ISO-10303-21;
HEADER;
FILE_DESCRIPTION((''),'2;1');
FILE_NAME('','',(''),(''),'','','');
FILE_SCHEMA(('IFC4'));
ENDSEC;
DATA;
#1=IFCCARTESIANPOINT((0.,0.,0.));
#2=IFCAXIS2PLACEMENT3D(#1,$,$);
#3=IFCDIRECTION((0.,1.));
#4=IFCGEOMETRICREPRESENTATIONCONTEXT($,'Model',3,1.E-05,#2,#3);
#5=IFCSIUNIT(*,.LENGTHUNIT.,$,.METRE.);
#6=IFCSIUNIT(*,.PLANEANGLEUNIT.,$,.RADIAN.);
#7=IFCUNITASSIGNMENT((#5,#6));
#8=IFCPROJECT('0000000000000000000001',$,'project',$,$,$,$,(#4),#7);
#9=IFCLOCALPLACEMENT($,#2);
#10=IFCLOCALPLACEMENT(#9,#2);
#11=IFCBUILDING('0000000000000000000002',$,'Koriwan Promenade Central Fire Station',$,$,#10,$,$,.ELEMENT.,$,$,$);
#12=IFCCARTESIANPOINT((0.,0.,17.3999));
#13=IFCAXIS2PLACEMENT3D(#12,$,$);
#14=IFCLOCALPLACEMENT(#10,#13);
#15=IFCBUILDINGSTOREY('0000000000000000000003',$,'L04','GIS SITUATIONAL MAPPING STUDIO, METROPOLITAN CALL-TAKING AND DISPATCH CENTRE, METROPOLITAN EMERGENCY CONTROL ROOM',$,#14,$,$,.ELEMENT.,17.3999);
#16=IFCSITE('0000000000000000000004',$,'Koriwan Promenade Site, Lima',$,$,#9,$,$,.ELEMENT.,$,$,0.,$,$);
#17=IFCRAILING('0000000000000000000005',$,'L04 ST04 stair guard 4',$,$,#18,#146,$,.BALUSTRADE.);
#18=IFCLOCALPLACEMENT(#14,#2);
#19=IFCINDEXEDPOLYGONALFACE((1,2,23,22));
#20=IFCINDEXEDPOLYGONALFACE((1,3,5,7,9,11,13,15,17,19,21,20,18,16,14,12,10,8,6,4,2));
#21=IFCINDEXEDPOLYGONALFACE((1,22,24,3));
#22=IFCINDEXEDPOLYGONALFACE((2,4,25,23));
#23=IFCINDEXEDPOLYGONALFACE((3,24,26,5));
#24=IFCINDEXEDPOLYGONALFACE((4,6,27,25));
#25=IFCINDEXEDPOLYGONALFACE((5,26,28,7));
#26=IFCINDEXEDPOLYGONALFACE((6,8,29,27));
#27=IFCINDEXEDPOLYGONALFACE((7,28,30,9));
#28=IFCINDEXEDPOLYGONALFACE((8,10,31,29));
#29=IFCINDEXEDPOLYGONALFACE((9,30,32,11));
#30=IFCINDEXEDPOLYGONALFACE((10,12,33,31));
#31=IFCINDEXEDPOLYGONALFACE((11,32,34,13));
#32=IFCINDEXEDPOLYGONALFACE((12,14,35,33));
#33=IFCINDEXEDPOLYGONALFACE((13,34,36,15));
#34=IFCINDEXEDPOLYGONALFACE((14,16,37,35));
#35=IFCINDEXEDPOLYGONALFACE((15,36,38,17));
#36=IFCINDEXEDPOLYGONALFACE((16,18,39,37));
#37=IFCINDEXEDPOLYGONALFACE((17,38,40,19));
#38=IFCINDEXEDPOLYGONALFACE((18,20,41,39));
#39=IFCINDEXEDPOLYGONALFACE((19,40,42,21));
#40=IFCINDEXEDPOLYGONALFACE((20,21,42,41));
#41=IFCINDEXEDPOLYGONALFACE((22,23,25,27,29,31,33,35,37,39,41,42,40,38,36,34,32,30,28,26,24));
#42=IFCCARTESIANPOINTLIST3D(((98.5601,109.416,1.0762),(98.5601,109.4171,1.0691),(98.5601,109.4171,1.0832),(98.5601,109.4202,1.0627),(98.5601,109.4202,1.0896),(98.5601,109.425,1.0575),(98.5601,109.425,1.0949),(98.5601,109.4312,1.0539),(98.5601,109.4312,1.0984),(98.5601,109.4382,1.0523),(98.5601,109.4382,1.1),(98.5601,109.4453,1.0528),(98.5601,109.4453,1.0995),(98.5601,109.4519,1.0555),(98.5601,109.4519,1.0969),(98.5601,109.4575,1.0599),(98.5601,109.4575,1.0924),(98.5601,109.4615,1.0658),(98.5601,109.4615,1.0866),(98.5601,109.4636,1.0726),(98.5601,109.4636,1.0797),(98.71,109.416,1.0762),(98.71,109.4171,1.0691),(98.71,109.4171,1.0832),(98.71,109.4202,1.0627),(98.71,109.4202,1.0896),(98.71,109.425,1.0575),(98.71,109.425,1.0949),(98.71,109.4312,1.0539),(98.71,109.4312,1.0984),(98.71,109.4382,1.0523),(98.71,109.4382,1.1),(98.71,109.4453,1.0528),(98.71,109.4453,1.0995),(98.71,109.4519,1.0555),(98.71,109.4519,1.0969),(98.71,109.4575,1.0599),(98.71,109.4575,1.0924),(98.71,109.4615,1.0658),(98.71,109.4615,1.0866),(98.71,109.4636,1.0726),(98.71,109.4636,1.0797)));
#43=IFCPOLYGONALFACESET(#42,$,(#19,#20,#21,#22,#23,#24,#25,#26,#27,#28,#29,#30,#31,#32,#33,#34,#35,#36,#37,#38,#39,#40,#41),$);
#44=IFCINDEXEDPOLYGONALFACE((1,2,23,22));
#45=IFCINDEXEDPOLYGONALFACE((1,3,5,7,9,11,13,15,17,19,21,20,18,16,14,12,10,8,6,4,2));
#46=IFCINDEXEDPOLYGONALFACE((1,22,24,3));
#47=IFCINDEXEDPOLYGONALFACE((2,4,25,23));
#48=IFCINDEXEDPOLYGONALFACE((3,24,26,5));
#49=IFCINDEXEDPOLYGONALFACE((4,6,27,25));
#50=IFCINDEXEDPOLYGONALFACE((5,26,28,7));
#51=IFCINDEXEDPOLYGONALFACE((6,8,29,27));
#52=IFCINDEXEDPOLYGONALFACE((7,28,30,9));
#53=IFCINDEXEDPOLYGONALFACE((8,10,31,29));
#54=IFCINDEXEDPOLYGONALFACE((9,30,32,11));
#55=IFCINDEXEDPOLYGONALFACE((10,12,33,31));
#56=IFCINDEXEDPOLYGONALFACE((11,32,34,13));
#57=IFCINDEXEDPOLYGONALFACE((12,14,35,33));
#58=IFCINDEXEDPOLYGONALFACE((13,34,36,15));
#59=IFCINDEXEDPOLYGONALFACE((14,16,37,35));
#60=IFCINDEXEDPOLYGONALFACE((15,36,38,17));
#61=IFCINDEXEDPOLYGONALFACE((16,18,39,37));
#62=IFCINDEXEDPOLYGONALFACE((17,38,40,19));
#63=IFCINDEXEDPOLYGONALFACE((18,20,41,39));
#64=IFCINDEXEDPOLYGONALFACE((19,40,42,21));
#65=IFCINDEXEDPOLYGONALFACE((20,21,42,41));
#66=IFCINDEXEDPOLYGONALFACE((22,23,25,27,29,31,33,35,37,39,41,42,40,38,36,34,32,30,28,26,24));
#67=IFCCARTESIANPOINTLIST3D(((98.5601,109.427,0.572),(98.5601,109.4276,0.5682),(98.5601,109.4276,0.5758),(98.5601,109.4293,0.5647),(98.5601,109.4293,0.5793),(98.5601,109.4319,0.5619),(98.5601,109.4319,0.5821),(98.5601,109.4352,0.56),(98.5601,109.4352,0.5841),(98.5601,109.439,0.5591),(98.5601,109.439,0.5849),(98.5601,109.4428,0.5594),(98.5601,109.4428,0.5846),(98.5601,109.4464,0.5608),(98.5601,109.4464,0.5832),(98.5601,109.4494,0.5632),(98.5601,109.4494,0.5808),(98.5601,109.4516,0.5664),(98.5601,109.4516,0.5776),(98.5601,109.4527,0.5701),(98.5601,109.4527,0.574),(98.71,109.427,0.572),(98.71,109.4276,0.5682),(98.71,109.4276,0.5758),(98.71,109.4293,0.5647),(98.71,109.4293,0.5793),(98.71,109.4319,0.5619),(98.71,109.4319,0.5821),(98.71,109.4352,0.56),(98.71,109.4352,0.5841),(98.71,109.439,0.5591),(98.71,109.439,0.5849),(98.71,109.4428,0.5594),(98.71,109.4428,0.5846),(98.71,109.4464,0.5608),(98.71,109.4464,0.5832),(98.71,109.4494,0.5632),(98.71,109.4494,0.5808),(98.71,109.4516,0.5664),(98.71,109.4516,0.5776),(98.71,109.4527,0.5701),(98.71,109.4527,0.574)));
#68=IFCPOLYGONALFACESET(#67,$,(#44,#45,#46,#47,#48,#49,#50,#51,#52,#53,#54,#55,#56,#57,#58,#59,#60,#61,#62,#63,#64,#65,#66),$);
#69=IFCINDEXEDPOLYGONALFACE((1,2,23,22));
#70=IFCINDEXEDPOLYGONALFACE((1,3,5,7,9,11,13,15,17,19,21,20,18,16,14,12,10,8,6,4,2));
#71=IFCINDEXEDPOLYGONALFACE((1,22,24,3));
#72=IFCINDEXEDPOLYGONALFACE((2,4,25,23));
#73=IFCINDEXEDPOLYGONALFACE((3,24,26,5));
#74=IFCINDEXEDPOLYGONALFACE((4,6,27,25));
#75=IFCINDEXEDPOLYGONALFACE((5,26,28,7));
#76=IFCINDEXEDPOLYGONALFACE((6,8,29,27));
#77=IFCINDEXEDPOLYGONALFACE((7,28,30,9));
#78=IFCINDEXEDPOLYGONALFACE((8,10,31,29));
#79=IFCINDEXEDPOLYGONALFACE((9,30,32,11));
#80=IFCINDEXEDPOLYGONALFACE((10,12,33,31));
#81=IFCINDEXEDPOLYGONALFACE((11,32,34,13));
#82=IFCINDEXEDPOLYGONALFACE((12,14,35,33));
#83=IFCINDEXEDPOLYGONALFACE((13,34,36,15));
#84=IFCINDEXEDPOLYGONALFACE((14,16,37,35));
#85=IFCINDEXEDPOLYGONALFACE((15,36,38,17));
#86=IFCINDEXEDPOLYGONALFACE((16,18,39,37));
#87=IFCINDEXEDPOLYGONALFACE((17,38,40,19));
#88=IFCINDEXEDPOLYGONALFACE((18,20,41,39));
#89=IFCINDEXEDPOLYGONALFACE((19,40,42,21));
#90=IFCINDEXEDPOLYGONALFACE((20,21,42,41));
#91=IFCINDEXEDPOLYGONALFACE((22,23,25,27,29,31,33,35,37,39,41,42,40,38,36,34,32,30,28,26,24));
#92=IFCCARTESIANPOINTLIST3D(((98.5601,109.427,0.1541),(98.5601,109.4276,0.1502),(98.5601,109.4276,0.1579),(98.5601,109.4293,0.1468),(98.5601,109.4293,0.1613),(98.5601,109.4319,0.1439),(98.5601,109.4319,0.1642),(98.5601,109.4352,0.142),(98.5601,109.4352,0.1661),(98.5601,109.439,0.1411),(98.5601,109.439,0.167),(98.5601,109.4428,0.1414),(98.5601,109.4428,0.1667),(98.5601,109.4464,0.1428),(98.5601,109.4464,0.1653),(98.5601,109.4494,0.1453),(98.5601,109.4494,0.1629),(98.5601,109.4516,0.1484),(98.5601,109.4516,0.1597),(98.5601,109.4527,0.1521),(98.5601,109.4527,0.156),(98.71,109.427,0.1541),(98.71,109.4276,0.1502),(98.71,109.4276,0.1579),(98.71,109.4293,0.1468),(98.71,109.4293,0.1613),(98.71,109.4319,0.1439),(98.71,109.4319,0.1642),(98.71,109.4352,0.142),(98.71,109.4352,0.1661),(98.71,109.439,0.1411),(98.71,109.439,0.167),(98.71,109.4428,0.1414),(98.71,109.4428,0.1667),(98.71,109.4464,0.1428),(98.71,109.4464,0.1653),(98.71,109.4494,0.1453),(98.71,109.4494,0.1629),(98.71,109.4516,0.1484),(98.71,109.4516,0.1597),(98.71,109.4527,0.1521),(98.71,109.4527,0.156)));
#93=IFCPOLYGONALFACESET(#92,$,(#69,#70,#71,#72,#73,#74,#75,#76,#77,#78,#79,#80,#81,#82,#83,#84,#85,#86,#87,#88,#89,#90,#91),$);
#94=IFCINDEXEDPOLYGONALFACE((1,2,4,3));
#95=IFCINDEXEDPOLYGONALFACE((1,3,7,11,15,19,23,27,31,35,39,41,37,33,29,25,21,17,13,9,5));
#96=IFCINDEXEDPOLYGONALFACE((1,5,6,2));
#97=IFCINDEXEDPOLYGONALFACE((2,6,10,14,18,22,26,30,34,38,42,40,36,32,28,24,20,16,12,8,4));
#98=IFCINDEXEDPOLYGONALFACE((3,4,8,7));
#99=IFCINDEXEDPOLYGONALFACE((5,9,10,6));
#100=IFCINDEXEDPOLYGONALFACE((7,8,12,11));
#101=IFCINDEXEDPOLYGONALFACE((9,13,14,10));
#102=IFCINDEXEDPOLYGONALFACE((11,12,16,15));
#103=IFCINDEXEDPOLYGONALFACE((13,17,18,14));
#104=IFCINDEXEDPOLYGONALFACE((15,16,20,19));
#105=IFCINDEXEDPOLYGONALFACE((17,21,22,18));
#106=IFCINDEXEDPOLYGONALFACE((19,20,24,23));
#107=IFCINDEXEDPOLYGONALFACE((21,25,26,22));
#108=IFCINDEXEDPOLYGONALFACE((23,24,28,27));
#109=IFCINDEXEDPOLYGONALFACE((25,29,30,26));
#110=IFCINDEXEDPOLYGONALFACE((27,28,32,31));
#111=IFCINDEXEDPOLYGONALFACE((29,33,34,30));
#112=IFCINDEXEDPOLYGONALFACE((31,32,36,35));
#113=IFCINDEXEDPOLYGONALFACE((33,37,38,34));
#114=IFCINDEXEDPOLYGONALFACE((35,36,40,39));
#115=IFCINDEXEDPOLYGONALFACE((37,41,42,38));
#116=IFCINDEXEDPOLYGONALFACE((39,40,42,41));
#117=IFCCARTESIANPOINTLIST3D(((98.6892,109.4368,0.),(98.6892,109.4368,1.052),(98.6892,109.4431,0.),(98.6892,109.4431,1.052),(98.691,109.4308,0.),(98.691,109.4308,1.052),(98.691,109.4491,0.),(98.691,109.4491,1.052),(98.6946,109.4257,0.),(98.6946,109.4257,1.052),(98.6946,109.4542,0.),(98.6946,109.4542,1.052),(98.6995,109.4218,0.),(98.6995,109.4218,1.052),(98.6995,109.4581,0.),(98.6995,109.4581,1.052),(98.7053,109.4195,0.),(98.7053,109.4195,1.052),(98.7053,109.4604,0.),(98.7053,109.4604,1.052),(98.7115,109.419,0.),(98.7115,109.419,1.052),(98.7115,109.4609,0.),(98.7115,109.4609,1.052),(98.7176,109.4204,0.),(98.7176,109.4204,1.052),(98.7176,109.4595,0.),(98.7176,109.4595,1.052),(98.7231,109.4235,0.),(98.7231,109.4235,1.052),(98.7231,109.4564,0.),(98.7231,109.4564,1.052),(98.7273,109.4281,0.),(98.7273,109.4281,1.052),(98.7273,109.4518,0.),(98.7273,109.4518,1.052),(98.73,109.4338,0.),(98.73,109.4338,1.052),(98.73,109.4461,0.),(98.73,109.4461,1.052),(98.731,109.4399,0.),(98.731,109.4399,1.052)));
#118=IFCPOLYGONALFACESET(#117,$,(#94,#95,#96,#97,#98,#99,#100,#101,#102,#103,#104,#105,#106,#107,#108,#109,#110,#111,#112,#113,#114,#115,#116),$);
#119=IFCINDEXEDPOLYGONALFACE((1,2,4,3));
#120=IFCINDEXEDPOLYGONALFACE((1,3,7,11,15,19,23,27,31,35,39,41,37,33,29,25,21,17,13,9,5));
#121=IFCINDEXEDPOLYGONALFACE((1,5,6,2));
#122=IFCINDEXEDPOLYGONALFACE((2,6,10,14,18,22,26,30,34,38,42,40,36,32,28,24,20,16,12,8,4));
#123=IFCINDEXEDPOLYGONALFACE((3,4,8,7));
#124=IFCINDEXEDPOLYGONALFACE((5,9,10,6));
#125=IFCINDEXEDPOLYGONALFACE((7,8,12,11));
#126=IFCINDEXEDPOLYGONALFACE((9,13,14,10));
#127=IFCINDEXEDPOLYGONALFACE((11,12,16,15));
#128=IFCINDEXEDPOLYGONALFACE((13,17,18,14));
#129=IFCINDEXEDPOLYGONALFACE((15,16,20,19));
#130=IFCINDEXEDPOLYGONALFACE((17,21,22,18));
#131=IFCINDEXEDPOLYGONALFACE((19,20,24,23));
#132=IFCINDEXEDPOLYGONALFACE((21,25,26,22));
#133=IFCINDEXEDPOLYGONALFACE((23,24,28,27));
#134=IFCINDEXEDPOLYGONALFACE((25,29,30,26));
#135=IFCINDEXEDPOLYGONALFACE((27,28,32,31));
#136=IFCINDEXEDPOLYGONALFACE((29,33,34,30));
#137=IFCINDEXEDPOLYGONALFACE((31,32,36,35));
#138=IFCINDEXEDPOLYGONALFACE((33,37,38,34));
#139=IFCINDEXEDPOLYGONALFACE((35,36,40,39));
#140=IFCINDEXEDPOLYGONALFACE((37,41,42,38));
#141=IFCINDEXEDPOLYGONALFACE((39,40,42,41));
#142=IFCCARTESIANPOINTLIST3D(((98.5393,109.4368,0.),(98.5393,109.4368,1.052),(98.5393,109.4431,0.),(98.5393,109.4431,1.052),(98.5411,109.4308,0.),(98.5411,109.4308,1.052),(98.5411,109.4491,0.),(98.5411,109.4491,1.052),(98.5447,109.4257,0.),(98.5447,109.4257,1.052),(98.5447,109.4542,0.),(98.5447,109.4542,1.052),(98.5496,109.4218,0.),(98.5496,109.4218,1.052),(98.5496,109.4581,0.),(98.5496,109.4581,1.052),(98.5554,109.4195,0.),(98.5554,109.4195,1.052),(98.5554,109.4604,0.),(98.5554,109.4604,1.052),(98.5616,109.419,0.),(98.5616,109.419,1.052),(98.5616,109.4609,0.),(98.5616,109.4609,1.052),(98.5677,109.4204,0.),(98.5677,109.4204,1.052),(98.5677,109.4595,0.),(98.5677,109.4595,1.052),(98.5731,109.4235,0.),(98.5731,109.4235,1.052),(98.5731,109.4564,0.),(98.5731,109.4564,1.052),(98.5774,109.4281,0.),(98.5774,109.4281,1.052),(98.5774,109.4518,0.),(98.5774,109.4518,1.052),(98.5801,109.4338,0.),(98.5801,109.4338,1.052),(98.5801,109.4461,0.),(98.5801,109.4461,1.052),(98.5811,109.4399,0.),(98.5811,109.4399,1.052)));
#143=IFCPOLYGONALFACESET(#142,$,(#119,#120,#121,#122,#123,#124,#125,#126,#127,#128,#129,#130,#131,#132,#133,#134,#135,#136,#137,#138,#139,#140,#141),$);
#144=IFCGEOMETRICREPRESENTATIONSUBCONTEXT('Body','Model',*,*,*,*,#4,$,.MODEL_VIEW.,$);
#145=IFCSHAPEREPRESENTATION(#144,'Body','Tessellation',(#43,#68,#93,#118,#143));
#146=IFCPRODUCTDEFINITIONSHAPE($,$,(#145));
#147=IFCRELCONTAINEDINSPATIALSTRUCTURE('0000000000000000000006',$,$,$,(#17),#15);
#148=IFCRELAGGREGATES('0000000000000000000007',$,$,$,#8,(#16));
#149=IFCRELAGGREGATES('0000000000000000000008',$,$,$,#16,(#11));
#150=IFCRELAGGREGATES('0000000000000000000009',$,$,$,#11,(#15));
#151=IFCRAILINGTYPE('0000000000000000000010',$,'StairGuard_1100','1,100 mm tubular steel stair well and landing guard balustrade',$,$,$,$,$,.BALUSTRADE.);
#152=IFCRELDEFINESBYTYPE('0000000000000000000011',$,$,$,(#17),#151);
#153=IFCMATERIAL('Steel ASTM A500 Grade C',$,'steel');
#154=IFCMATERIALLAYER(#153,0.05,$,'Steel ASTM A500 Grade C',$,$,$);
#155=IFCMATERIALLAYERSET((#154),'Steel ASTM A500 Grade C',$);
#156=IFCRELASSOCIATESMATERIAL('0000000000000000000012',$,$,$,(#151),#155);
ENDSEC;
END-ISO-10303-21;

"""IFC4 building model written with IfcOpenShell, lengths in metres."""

from ifc_helpers import new_model, si_unit, direction, frame, origin, origin_2d, place, context, subcontext, project, spatial, circle, extrude, material, layer, layer_set, type_object, element, save


model = new_model("IFC4")

# Units and contexts
model_context = context("Model", 3, precision=1e-05, world=origin(), true_north=direction((0.0, 1.0)))
body_context = subcontext(model_context, "Body", "Model", "MODEL_VIEW")
ifc_project = project(units=[si_unit("LENGTHUNIT", "METRE"), si_unit("PLANEANGLEUNIT", "RADIAN")], contexts=[model_context])

# Site, building, storey
site_placement = place(None, origin())
site = spatial("IfcSite", under=ifc_project, at=site_placement, Name="Koriwan Promenade Site, Lima", CompositionType="ELEMENT", RefElevation=0.0)
building_placement = place(site_placement, origin())
building = spatial("IfcBuilding", under=site, at=building_placement, Name="Koriwan Promenade Central Fire Station", CompositionType="ELEMENT")
storey_placement = place(building_placement, frame((0.0, 0.0, 17.3999)))
storey = spatial("IfcBuildingStorey", under=building, at=storey_placement, Name="L04", Description="GIS SITUATIONAL MAPPING STUDIO, METROPOLITAN CALL-TAKING AND DISPATCH CENTRE, METROPOLITAN EMERGENCY CONTROL ROOM", CompositionType="ELEMENT", Elevation=17.3999)

# Railing
ifc_material_1 = material(Name="Steel ASTM A500 Grade C", Category="steel")
ifc_layer_1 = layer(ifc_material_1, 0.05, Name="Steel ASTM A500 Grade C")
ifc_layer_set_1 = layer_set([ifc_layer_1], Name="Steel ASTM A500 Grade C")
railing_type_1 = type_object("IfcRailingType", Name="StairGuard_1100", Description="1,100 mm tubular steel stair well and landing guard balustrade", PredefinedType="BALUSTRADE", material=ifc_layer_set_1)
railing_1_placement = place(storey_placement, frame((98.71, 109.4399, 0.0)))
element("IfcRailing", 1, at=railing_1_placement, inside=storey, type_object=railing_type_1, Name="L04 ST04 stair guard 4", PredefinedType="BALUSTRADE", context=body_context, shape_type="SweptSolid", body=[
    extrude(circle(Radius=0.0239, at=origin_2d()), frame((0.0, 0.0, 1.0762), z_axis=(-1.0, 0.0, 0.0), x_axis=(0.0, -1.0, 0.0)), (0.0, 0.0, 1.0), 0.1499),
    extrude(circle(Radius=0.0129, at=origin_2d()), frame((0.0, 0.0, 0.572), z_axis=(-1.0, 0.0, 0.0), x_axis=(0.0, -1.0, 0.0)), (0.0, 0.0, 1.0), 0.1499),
    extrude(circle(Radius=0.0129, at=origin_2d()), frame((0.0, 0.0, 0.1541), z_axis=(-1.0, 0.0, 0.0), x_axis=(0.0, -1.0, 0.0)), (0.0, 0.0, 1.0), 0.1499),
    extrude(circle(Radius=0.021, at=origin_2d()), origin(), (0.0, 0.0, 1.0), 1.052),
    extrude(circle(Radius=0.021, at=origin_2d()), frame((-0.1499, 0.0, 0.0)), (0.0, 0.0, 1.0), 1.052),
])

save(model, "model.ifc")
